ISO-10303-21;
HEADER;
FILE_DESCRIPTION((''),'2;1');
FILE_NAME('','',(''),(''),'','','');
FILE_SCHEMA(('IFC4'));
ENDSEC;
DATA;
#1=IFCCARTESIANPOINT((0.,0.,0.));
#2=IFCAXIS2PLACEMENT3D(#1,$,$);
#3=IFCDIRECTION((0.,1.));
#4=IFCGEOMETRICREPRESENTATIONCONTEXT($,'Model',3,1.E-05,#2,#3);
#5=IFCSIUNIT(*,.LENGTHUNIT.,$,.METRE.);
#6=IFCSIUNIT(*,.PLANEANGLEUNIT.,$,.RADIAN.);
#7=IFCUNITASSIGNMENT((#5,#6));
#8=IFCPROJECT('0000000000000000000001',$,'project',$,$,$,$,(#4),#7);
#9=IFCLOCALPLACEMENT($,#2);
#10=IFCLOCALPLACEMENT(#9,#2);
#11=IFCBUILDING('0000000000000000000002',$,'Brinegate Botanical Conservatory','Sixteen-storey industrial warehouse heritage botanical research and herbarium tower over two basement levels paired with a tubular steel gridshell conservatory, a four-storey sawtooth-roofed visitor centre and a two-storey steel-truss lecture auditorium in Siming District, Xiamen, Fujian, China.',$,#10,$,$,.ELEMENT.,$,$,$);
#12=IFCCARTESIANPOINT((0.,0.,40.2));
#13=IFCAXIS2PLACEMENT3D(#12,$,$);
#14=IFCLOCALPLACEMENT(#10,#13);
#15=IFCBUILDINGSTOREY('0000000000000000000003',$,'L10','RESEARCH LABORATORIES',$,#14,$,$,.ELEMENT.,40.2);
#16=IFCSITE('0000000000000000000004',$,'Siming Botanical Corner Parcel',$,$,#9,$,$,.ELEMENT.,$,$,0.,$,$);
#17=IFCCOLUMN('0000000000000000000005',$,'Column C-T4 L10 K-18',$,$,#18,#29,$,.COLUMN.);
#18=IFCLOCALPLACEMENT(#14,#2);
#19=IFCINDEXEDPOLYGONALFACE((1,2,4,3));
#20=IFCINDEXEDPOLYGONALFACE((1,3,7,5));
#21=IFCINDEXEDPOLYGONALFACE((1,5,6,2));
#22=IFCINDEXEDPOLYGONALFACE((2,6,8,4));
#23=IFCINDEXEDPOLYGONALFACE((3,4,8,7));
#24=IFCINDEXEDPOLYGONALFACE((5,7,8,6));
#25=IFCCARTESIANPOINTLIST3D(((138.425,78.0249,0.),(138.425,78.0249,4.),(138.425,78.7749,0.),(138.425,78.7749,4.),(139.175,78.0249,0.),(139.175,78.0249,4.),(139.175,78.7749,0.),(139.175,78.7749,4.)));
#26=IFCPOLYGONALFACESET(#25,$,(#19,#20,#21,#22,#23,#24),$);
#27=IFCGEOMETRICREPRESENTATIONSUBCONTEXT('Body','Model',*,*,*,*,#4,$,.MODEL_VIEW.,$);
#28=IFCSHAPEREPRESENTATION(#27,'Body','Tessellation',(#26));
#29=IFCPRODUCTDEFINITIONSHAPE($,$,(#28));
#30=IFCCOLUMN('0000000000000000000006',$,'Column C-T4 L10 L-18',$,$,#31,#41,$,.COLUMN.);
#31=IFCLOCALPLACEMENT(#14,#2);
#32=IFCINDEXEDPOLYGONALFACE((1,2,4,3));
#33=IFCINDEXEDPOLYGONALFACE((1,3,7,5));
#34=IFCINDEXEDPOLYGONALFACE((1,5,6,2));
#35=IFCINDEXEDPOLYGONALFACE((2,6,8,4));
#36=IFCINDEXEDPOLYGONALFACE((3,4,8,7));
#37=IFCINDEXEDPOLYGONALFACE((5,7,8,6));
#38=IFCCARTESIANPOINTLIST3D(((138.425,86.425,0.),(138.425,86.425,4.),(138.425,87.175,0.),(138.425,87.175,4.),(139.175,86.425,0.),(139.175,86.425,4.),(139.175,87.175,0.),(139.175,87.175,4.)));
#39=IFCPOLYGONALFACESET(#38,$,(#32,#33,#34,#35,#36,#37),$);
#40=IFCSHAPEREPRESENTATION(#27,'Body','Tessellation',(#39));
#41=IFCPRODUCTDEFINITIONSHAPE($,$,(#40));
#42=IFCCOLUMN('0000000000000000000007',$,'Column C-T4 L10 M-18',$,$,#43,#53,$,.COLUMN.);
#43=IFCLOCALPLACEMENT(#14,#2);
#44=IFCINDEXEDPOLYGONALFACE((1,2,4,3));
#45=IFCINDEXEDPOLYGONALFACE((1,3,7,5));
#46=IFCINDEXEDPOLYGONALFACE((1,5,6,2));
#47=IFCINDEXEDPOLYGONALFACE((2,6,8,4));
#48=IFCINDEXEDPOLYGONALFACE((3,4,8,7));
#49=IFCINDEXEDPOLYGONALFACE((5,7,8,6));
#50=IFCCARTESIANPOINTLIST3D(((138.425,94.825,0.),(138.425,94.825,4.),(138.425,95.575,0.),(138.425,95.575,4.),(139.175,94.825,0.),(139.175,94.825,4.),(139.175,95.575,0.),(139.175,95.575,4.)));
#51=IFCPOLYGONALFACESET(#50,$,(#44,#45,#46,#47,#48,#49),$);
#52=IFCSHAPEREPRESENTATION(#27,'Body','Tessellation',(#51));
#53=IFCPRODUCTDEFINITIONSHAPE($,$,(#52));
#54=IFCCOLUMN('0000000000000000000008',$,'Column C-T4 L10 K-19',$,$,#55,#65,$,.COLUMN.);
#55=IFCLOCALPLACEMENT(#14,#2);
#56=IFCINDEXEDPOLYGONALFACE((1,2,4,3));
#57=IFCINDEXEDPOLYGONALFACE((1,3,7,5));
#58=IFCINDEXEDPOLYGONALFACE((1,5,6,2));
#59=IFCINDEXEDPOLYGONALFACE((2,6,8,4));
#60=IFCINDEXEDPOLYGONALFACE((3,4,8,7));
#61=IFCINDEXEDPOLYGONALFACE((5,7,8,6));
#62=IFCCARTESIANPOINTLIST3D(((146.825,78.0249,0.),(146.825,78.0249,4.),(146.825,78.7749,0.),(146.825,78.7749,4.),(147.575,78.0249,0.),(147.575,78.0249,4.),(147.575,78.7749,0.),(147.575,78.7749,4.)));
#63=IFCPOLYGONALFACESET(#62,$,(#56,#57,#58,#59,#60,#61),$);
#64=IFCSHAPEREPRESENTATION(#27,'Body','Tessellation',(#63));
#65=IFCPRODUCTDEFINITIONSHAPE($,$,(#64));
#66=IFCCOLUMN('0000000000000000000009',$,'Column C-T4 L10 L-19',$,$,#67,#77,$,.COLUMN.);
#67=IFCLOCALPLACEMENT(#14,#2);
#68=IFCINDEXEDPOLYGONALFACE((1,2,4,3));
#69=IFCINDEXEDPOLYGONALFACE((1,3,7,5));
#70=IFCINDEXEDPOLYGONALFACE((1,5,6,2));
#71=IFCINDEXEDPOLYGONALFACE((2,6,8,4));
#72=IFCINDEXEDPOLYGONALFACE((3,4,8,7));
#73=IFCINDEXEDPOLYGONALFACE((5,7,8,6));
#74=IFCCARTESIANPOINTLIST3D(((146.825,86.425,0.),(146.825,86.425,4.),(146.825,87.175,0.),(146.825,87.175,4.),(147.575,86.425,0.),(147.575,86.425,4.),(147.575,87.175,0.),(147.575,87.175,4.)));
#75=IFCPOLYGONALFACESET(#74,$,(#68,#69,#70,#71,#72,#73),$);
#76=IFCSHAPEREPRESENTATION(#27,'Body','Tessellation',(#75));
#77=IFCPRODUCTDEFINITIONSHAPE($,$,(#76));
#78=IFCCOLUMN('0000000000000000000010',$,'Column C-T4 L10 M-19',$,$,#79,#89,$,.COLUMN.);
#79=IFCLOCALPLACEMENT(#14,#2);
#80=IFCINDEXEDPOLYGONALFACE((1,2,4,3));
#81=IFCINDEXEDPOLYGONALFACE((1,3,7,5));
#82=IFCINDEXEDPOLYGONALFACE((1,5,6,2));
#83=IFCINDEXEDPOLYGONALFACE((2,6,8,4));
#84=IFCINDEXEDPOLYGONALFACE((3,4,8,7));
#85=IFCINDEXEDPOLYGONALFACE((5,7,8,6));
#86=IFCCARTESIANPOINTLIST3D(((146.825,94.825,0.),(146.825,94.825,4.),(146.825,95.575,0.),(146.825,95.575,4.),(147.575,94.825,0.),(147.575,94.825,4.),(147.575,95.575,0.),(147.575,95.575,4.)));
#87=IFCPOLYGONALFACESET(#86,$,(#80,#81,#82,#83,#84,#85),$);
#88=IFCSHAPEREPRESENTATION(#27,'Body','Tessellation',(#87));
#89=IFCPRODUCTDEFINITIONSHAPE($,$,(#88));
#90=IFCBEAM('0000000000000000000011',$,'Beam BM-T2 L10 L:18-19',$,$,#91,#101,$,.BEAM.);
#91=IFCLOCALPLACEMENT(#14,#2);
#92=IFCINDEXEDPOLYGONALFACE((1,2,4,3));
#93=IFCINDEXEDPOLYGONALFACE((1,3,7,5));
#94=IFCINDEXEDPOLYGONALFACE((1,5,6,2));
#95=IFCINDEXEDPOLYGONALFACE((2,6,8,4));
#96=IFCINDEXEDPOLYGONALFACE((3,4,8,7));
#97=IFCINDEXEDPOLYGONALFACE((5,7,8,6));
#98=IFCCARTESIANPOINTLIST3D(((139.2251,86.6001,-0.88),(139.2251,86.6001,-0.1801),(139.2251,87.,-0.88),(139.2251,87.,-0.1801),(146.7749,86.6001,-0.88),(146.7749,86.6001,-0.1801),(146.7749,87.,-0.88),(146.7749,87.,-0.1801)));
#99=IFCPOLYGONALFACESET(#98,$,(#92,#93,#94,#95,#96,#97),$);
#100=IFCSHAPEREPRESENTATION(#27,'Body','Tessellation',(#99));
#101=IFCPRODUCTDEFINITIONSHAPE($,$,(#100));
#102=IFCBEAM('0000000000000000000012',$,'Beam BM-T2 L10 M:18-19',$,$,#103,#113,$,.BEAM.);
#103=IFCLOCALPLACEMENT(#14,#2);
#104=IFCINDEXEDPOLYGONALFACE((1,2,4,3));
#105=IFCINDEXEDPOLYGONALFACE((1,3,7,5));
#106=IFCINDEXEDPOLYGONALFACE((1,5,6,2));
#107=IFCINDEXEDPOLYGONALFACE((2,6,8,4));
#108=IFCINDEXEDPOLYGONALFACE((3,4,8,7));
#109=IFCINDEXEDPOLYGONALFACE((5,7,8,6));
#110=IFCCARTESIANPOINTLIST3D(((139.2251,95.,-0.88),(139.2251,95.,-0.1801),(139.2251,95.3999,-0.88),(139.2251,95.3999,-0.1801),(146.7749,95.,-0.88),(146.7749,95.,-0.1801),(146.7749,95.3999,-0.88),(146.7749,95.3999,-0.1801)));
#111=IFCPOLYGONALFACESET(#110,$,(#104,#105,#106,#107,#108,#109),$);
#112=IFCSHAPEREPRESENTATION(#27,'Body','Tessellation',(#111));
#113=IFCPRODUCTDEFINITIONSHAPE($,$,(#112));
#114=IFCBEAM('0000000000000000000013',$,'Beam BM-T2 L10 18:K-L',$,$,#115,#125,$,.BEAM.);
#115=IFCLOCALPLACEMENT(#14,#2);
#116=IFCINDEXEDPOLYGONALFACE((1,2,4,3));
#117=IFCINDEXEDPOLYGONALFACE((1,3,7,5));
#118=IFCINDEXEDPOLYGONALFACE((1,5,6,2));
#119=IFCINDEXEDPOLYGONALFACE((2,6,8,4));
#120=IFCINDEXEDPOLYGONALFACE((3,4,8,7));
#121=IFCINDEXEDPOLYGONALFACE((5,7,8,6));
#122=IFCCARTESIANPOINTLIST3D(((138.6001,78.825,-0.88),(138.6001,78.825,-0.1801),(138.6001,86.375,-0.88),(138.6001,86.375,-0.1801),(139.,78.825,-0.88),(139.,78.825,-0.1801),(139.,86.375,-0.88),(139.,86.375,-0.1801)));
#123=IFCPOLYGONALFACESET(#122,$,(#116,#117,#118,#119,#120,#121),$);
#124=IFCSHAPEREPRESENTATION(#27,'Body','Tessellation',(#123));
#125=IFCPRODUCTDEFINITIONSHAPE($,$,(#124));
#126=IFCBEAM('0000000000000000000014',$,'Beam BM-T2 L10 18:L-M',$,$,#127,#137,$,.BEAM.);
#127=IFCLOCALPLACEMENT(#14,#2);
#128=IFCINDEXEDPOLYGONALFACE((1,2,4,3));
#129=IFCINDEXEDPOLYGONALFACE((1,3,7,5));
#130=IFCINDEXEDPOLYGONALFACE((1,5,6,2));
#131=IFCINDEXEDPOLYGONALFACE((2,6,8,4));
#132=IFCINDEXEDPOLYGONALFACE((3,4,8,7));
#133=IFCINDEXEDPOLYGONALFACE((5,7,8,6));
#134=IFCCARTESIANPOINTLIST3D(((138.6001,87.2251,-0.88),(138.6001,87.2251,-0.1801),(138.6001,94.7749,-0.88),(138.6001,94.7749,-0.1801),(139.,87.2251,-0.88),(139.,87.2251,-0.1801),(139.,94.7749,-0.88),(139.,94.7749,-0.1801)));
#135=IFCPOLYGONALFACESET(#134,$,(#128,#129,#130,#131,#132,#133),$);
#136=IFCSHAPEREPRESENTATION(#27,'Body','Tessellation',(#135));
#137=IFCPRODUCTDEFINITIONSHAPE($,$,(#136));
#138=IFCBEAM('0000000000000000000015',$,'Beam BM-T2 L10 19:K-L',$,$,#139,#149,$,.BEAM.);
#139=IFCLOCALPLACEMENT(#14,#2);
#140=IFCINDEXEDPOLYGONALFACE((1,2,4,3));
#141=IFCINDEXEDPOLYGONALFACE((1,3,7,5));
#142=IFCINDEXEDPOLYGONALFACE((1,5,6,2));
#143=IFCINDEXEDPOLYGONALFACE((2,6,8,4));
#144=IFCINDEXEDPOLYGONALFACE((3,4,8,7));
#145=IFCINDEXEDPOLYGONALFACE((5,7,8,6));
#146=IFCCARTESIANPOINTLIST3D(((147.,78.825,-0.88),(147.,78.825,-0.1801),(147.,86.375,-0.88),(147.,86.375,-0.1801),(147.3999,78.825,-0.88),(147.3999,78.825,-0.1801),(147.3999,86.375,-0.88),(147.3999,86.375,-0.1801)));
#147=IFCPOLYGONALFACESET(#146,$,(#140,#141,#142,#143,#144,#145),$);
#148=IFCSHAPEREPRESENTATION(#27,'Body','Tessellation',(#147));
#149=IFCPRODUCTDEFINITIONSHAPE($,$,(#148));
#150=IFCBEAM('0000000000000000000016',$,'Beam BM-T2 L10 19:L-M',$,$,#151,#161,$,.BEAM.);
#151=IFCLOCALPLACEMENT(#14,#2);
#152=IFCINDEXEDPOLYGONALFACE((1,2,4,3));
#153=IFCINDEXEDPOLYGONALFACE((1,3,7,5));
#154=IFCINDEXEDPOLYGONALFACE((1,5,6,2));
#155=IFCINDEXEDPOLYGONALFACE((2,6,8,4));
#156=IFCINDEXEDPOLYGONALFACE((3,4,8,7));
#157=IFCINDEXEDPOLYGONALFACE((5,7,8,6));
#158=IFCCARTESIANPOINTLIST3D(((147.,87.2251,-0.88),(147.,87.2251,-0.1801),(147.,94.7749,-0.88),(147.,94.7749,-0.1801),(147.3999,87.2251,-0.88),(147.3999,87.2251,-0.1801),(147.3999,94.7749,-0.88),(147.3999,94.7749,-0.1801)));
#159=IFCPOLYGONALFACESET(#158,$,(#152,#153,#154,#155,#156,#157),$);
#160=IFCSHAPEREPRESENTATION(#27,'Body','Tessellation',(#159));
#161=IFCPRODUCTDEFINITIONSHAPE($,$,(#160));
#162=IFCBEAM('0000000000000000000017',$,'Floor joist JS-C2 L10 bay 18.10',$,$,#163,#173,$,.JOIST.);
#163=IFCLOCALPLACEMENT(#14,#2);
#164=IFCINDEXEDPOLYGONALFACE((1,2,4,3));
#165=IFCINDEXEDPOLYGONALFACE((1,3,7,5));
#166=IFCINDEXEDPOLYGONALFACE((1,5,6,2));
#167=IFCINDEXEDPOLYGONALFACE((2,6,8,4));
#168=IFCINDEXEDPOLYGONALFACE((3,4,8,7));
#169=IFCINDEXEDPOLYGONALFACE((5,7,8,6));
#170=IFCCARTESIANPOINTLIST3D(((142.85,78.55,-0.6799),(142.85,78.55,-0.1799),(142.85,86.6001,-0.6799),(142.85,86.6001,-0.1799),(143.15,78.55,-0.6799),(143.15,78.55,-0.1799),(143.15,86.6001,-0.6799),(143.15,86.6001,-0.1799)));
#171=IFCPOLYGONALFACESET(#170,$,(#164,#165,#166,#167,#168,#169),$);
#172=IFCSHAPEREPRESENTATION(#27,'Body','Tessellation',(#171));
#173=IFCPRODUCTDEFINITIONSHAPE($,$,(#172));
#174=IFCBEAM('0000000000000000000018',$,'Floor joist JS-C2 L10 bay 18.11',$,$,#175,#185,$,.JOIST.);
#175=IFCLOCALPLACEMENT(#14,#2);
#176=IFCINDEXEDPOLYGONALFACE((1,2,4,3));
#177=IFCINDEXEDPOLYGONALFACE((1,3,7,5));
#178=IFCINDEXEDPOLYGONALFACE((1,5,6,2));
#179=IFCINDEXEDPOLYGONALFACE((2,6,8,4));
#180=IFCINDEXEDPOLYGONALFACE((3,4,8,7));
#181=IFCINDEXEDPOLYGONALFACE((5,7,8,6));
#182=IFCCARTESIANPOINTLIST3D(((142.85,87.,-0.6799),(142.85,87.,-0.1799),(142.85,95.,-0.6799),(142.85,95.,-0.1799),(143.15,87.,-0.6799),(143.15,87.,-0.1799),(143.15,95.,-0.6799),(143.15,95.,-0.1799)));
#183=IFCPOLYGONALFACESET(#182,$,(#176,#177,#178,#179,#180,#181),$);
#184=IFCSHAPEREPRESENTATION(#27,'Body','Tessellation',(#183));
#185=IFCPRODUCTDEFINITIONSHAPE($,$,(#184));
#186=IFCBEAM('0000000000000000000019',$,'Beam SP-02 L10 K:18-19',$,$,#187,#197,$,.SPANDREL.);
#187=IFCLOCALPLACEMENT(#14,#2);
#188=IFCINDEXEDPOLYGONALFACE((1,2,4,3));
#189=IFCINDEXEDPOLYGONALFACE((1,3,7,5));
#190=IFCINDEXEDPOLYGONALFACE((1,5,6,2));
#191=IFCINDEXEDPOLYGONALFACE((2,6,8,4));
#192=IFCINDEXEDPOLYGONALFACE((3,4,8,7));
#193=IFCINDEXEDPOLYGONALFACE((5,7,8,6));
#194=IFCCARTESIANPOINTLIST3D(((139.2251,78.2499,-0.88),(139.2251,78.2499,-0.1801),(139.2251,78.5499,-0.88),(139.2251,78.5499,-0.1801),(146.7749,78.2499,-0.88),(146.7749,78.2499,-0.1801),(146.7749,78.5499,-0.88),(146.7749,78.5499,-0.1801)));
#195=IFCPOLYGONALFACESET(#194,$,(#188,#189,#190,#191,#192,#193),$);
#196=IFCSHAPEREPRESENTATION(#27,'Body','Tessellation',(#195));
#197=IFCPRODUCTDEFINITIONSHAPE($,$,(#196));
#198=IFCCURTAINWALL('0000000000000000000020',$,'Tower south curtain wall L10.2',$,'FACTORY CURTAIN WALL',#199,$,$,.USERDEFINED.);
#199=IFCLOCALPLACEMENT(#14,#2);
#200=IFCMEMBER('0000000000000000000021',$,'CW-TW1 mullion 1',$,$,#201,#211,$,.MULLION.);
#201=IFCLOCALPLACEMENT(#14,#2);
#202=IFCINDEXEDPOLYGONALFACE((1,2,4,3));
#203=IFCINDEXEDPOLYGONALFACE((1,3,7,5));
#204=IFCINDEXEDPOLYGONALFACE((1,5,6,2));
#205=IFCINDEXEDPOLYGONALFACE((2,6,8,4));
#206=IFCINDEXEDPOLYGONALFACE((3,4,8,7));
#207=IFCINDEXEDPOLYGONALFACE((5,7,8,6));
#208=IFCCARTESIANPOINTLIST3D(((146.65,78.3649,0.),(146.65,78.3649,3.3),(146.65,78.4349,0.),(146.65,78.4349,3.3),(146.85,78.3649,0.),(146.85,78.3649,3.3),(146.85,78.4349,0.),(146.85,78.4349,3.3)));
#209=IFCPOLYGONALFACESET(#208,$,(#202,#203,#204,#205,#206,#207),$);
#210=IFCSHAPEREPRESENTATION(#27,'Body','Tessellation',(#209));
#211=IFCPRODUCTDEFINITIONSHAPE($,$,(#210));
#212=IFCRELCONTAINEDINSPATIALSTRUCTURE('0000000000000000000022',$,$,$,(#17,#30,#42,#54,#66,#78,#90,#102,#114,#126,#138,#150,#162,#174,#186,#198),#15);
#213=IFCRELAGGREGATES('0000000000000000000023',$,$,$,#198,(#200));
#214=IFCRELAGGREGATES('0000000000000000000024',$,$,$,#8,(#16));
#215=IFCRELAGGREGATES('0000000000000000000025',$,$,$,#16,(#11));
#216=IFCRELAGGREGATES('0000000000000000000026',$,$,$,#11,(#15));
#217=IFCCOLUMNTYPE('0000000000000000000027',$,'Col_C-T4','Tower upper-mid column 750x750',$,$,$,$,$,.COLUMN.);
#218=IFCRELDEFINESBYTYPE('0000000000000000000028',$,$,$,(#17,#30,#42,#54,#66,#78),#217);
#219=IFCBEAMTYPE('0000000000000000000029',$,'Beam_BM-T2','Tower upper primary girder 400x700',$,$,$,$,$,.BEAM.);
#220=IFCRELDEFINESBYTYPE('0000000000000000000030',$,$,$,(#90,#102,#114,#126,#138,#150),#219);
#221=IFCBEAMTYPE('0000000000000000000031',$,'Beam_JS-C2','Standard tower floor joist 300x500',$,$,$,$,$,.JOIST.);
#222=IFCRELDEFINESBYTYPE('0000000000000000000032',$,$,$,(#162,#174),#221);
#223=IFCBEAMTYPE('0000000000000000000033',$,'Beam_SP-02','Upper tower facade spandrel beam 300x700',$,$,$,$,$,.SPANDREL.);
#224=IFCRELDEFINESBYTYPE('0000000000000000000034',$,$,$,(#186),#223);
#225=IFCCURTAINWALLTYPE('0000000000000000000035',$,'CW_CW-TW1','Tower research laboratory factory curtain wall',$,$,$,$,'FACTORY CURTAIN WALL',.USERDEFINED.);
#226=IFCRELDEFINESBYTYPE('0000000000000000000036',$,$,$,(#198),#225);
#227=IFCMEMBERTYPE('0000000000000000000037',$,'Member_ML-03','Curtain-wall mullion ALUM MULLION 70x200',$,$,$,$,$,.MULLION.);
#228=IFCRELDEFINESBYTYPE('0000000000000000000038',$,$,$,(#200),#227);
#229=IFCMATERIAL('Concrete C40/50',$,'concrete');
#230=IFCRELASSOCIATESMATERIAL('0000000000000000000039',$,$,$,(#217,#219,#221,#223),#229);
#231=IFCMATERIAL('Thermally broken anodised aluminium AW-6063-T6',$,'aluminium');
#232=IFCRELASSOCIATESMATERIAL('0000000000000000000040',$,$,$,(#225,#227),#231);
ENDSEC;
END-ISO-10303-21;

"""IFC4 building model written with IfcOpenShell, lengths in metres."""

from ifc_helpers import new_model, si_unit, direction, frame, origin, origin_2d, place, context, subcontext, project, spatial, rectangle, extrude, material, material_profile, profile_set, type_object, element, aggregate, save


model = new_model("IFC4")

# Units and contexts
model_context = context("Model", 3, precision=1e-05, world=origin(), true_north=direction((0.0, 1.0)))
body_context = subcontext(model_context, "Body", "Model", "MODEL_VIEW")
ifc_project = project(units=[si_unit("LENGTHUNIT", "METRE"), si_unit("PLANEANGLEUNIT", "RADIAN")], contexts=[model_context])

# Site, building, storey
site_placement = place(None, origin())
site = spatial("IfcSite", under=ifc_project, at=site_placement, Name="Siming Botanical Corner Parcel", CompositionType="ELEMENT", RefElevation=0.0)
building_placement = place(site_placement, origin())
building = spatial("IfcBuilding", under=site, at=building_placement, Name="Brinegate Botanical Conservatory", Description="Sixteen-storey industrial warehouse heritage botanical research and herbarium tower over two basement levels paired with a tubular steel gridshell conservatory, a four-storey sawtooth-roofed visitor centre and a two-storey steel-truss lecture auditorium in Siming District, Xiamen, Fujian, China.", CompositionType="ELEMENT")
storey_placement = place(building_placement, frame((0.0, 0.0, 40.2)))
storey = spatial("IfcBuildingStorey", under=building, at=storey_placement, Name="L10", Description="RESEARCH LABORATORIES", CompositionType="ELEMENT", Elevation=40.2)

# Columns
ifc_material_1 = material(Name="Concrete C40/50", Category="concrete")
ifc_material_profile_1 = material_profile(ifc_material_1, rectangle(XDim=0.75, YDim=0.75, at=origin_2d()), Name="RC COL 750x750")
ifc_profile_set_1 = profile_set([ifc_material_profile_1], Name="Concrete C40/50")
column_type = type_object("IfcColumnType", Name="Col_C-T4", Description="Tower upper-mid column 750x750", PredefinedType="COLUMN", material=ifc_profile_set_1)
for number, where, z_axis, x_axis, name in (
    (1, (138.8, 78.3999, 0.0), (0.0, 0.0, 1.0), (1.0, 0.0, 0.0), "Column C-T4 L10 K-18"),
    (2, (138.8, 86.8, 0.0), (0.0, 0.0, 1.0), (1.0, 0.0, 0.0), "Column C-T4 L10 L-18"),
    (3, (138.8, 95.2, 0.0), (0.0, 0.0, 1.0), (1.0, 0.0, 0.0), "Column C-T4 L10 M-18"),
    (4, (147.2, 78.3999, 0.0), (0.0, 0.0, 1.0), (1.0, 0.0, 0.0), "Column C-T4 L10 K-19"),
    (5, (147.2, 86.8, 0.0), (0.0, 0.0, 1.0), (1.0, 0.0, 0.0), "Column C-T4 L10 L-19"),
    (6, (147.2, 95.2, 0.0), (0.0, 0.0, 1.0), (1.0, 0.0, 0.0), "Column C-T4 L10 M-19"),
):
    element("IfcColumn", number, at=place(storey_placement, frame(where, z_axis=z_axis, x_axis=x_axis)), inside=storey, type_object=column_type, Name=name, PredefinedType="COLUMN", context=body_context, shape_type="SweptSolid", body=[
        extrude(rectangle(XDim=0.75, YDim=0.75, at=origin_2d()), origin(), (0.0, 0.0, 1.0), 4.0),
    ])

# Beams
ifc_material_profile_2 = material_profile(ifc_material_1, rectangle(XDim=0.3999, YDim=0.7, at=origin_2d()), Name="RC BM 400x700")
ifc_profile_set_2 = profile_set([ifc_material_profile_2], Name="Concrete C40/50")
beam_type_1 = type_object("IfcBeamType", Name="Beam_BM-T2", Description="Tower upper primary girder 400x700", PredefinedType="BEAM", material=ifc_profile_set_2)
for number, where, z_axis, x_axis, name in (
    (7, (139.2251, 86.8, -0.53), (1.0, 0.0, 0.0), (0.0, 1.0, 0.0), "Beam BM-T2 L10 L:18-19"),
    (8, (139.2251, 95.2, -0.53), (1.0, 0.0, 0.0), (0.0, 1.0, 0.0), "Beam BM-T2 L10 M:18-19"),
):
    element("IfcBeam", number, at=place(storey_placement, frame(where, z_axis=z_axis, x_axis=x_axis)), inside=storey, type_object=beam_type_1, Name=name, PredefinedType="BEAM", context=body_context, shape_type="SweptSolid", body=[
        extrude(rectangle(XDim=0.3999, YDim=0.7, at=origin_2d()), origin(), (0.0, 0.0, 1.0), 7.5498),
    ])
beam_1_placement = place(storey_placement, frame((138.8, 78.825, -0.53), z_axis=(0.0, 1.0, 0.0), x_axis=(-1.0, 0.0, 0.0)))
element("IfcBeam", 9, at=beam_1_placement, inside=storey, type_object=beam_type_1, Name="Beam BM-T2 L10 18:K-L", PredefinedType="BEAM", context=body_context, shape_type="SweptSolid", body=[
    extrude(rectangle(XDim=0.3999, YDim=0.7, at=origin_2d()), origin(), (0.0, 0.0, 1.0), 7.55),
])
beam_2_placement = place(storey_placement, frame((138.8, 87.2251, -0.53), z_axis=(0.0, 1.0, 0.0), x_axis=(-1.0, 0.0, 0.0)))
element("IfcBeam", 10, at=beam_2_placement, inside=storey, type_object=beam_type_1, Name="Beam BM-T2 L10 18:L-M", PredefinedType="BEAM", context=body_context, shape_type="SweptSolid", body=[
    extrude(rectangle(XDim=0.3999, YDim=0.7, at=origin_2d()), origin(), (0.0, 0.0, 1.0), 7.5498),
])
beam_3_placement = place(storey_placement, frame((147.2, 78.825, -0.53), z_axis=(0.0, 1.0, 0.0), x_axis=(-1.0, 0.0, 0.0)))
element("IfcBeam", 11, at=beam_3_placement, inside=storey, type_object=beam_type_1, Name="Beam BM-T2 L10 19:K-L", PredefinedType="BEAM", context=body_context, shape_type="SweptSolid", body=[
    extrude(rectangle(XDim=0.3999, YDim=0.7, at=origin_2d()), origin(), (0.0, 0.0, 1.0), 7.55),
])
beam_4_placement = place(storey_placement, frame((147.2, 87.2251, -0.53), z_axis=(0.0, 1.0, 0.0), x_axis=(-1.0, 0.0, 0.0)))
element("IfcBeam", 12, at=beam_4_placement, inside=storey, type_object=beam_type_1, Name="Beam BM-T2 L10 19:L-M", PredefinedType="BEAM", context=body_context, shape_type="SweptSolid", body=[
    extrude(rectangle(XDim=0.3999, YDim=0.7, at=origin_2d()), origin(), (0.0, 0.0, 1.0), 7.5498),
])
ifc_material_profile_3 = material_profile(ifc_material_1, rectangle(XDim=0.3, YDim=0.5, at=origin_2d()), Name="RC JST 300x500")
ifc_profile_set_3 = profile_set([ifc_material_profile_3], Name="Concrete C40/50")
beam_type_2 = type_object("IfcBeamType", Name="Beam_JS-C2", Description="Standard tower floor joist 300x500", PredefinedType="JOIST", material=ifc_profile_set_3)
beam_5_placement = place(storey_placement, frame((143.0, 78.55, -0.4299), z_axis=(0.0, 1.0, 0.0), x_axis=(-1.0, 0.0, 0.0)))
element("IfcBeam", 13, at=beam_5_placement, inside=storey, type_object=beam_type_2, Name="Floor joist JS-C2 L10 bay 18.10", PredefinedType="JOIST", context=body_context, shape_type="SweptSolid", body=[
    extrude(rectangle(XDim=0.3, YDim=0.5, at=origin_2d()), origin(), (0.0, 0.0, 1.0), 8.05),
])
beam_6_placement = place(storey_placement, frame((143.0, 87.0, -0.4299), z_axis=(0.0, 1.0, 0.0), x_axis=(-1.0, 0.0, 0.0)))
element("IfcBeam", 14, at=beam_6_placement, inside=storey, type_object=beam_type_2, Name="Floor joist JS-C2 L10 bay 18.11", PredefinedType="JOIST", context=body_context, shape_type="SweptSolid", body=[
    extrude(rectangle(XDim=0.3, YDim=0.5, at=origin_2d()), origin(), (0.0, 0.0, 1.0), 8.0),
])
ifc_material_profile_4 = material_profile(ifc_material_1, rectangle(XDim=0.3, YDim=0.7, at=origin_2d()), Name="RC SPN 300x700")
ifc_profile_set_4 = profile_set([ifc_material_profile_4], Name="Concrete C40/50")
beam_type_3 = type_object("IfcBeamType", Name="Beam_SP-02", Description="Upper tower facade spandrel beam 300x700", PredefinedType="SPANDREL", material=ifc_profile_set_4)
beam_7_placement = place(storey_placement, frame((139.2251, 78.3999, -0.53), z_axis=(1.0, 0.0, 0.0), x_axis=(0.0, 1.0, 0.0)))
element("IfcBeam", 15, at=beam_7_placement, inside=storey, type_object=beam_type_3, Name="Beam SP-02 L10 K:18-19", PredefinedType="SPANDREL", context=body_context, shape_type="SweptSolid", body=[
    extrude(rectangle(XDim=0.3, YDim=0.7, at=origin_2d()), origin(), (0.0, 0.0, 1.0), 7.5498),
])

# Curtain wall, member
ifc_material_2 = material(Name="Thermally broken anodised aluminium AW-6063-T6", Category="aluminium")
curtain_wall_type = type_object("IfcCurtainWallType", Name="CW_CW-TW1", Description="Tower research laboratory factory curtain wall", ElementType="FACTORY CURTAIN WALL", PredefinedType="USERDEFINED", material=ifc_material_2)
curtain_wall_placement = place(storey_placement, origin())
curtain_wall = element("IfcCurtainWall", 16, at=curtain_wall_placement, inside=storey, type_object=curtain_wall_type, Name="Tower south curtain wall L10.2", ObjectType="FACTORY CURTAIN WALL", PredefinedType="USERDEFINED")
ifc_material_profile_5 = material_profile(ifc_material_2, rectangle(XDim=0.0701, YDim=0.2, at=origin_2d()), Name="ALUM MULLION 70x200")
ifc_profile_set_5 = profile_set([ifc_material_profile_5], Name="Thermally broken anodised aluminium AW-6063-T6")
member_type_1 = type_object("IfcMemberType", Name="Member_ML-03", Description="Curtain-wall mullion ALUM MULLION 70x200", PredefinedType="MULLION", material=ifc_profile_set_5)
member_1_placement = place(storey_placement, frame((146.75, 78.3999, 0.0), z_axis=(0.0, 0.0, 1.0), x_axis=(0.0, -1.0, 0.0)))
member_1 = element("IfcMember", 17, at=member_1_placement, type_object=member_type_1, Name="CW-TW1 mullion 1", PredefinedType="MULLION", context=body_context, shape_type="SweptSolid", body=[
    extrude(rectangle(XDim=0.0701, YDim=0.2, at=origin_2d()), origin(), (0.0, 0.0, 1.0), 3.3),
])
aggregate(curtain_wall, [member_1])

save(model, "model.ifc")
